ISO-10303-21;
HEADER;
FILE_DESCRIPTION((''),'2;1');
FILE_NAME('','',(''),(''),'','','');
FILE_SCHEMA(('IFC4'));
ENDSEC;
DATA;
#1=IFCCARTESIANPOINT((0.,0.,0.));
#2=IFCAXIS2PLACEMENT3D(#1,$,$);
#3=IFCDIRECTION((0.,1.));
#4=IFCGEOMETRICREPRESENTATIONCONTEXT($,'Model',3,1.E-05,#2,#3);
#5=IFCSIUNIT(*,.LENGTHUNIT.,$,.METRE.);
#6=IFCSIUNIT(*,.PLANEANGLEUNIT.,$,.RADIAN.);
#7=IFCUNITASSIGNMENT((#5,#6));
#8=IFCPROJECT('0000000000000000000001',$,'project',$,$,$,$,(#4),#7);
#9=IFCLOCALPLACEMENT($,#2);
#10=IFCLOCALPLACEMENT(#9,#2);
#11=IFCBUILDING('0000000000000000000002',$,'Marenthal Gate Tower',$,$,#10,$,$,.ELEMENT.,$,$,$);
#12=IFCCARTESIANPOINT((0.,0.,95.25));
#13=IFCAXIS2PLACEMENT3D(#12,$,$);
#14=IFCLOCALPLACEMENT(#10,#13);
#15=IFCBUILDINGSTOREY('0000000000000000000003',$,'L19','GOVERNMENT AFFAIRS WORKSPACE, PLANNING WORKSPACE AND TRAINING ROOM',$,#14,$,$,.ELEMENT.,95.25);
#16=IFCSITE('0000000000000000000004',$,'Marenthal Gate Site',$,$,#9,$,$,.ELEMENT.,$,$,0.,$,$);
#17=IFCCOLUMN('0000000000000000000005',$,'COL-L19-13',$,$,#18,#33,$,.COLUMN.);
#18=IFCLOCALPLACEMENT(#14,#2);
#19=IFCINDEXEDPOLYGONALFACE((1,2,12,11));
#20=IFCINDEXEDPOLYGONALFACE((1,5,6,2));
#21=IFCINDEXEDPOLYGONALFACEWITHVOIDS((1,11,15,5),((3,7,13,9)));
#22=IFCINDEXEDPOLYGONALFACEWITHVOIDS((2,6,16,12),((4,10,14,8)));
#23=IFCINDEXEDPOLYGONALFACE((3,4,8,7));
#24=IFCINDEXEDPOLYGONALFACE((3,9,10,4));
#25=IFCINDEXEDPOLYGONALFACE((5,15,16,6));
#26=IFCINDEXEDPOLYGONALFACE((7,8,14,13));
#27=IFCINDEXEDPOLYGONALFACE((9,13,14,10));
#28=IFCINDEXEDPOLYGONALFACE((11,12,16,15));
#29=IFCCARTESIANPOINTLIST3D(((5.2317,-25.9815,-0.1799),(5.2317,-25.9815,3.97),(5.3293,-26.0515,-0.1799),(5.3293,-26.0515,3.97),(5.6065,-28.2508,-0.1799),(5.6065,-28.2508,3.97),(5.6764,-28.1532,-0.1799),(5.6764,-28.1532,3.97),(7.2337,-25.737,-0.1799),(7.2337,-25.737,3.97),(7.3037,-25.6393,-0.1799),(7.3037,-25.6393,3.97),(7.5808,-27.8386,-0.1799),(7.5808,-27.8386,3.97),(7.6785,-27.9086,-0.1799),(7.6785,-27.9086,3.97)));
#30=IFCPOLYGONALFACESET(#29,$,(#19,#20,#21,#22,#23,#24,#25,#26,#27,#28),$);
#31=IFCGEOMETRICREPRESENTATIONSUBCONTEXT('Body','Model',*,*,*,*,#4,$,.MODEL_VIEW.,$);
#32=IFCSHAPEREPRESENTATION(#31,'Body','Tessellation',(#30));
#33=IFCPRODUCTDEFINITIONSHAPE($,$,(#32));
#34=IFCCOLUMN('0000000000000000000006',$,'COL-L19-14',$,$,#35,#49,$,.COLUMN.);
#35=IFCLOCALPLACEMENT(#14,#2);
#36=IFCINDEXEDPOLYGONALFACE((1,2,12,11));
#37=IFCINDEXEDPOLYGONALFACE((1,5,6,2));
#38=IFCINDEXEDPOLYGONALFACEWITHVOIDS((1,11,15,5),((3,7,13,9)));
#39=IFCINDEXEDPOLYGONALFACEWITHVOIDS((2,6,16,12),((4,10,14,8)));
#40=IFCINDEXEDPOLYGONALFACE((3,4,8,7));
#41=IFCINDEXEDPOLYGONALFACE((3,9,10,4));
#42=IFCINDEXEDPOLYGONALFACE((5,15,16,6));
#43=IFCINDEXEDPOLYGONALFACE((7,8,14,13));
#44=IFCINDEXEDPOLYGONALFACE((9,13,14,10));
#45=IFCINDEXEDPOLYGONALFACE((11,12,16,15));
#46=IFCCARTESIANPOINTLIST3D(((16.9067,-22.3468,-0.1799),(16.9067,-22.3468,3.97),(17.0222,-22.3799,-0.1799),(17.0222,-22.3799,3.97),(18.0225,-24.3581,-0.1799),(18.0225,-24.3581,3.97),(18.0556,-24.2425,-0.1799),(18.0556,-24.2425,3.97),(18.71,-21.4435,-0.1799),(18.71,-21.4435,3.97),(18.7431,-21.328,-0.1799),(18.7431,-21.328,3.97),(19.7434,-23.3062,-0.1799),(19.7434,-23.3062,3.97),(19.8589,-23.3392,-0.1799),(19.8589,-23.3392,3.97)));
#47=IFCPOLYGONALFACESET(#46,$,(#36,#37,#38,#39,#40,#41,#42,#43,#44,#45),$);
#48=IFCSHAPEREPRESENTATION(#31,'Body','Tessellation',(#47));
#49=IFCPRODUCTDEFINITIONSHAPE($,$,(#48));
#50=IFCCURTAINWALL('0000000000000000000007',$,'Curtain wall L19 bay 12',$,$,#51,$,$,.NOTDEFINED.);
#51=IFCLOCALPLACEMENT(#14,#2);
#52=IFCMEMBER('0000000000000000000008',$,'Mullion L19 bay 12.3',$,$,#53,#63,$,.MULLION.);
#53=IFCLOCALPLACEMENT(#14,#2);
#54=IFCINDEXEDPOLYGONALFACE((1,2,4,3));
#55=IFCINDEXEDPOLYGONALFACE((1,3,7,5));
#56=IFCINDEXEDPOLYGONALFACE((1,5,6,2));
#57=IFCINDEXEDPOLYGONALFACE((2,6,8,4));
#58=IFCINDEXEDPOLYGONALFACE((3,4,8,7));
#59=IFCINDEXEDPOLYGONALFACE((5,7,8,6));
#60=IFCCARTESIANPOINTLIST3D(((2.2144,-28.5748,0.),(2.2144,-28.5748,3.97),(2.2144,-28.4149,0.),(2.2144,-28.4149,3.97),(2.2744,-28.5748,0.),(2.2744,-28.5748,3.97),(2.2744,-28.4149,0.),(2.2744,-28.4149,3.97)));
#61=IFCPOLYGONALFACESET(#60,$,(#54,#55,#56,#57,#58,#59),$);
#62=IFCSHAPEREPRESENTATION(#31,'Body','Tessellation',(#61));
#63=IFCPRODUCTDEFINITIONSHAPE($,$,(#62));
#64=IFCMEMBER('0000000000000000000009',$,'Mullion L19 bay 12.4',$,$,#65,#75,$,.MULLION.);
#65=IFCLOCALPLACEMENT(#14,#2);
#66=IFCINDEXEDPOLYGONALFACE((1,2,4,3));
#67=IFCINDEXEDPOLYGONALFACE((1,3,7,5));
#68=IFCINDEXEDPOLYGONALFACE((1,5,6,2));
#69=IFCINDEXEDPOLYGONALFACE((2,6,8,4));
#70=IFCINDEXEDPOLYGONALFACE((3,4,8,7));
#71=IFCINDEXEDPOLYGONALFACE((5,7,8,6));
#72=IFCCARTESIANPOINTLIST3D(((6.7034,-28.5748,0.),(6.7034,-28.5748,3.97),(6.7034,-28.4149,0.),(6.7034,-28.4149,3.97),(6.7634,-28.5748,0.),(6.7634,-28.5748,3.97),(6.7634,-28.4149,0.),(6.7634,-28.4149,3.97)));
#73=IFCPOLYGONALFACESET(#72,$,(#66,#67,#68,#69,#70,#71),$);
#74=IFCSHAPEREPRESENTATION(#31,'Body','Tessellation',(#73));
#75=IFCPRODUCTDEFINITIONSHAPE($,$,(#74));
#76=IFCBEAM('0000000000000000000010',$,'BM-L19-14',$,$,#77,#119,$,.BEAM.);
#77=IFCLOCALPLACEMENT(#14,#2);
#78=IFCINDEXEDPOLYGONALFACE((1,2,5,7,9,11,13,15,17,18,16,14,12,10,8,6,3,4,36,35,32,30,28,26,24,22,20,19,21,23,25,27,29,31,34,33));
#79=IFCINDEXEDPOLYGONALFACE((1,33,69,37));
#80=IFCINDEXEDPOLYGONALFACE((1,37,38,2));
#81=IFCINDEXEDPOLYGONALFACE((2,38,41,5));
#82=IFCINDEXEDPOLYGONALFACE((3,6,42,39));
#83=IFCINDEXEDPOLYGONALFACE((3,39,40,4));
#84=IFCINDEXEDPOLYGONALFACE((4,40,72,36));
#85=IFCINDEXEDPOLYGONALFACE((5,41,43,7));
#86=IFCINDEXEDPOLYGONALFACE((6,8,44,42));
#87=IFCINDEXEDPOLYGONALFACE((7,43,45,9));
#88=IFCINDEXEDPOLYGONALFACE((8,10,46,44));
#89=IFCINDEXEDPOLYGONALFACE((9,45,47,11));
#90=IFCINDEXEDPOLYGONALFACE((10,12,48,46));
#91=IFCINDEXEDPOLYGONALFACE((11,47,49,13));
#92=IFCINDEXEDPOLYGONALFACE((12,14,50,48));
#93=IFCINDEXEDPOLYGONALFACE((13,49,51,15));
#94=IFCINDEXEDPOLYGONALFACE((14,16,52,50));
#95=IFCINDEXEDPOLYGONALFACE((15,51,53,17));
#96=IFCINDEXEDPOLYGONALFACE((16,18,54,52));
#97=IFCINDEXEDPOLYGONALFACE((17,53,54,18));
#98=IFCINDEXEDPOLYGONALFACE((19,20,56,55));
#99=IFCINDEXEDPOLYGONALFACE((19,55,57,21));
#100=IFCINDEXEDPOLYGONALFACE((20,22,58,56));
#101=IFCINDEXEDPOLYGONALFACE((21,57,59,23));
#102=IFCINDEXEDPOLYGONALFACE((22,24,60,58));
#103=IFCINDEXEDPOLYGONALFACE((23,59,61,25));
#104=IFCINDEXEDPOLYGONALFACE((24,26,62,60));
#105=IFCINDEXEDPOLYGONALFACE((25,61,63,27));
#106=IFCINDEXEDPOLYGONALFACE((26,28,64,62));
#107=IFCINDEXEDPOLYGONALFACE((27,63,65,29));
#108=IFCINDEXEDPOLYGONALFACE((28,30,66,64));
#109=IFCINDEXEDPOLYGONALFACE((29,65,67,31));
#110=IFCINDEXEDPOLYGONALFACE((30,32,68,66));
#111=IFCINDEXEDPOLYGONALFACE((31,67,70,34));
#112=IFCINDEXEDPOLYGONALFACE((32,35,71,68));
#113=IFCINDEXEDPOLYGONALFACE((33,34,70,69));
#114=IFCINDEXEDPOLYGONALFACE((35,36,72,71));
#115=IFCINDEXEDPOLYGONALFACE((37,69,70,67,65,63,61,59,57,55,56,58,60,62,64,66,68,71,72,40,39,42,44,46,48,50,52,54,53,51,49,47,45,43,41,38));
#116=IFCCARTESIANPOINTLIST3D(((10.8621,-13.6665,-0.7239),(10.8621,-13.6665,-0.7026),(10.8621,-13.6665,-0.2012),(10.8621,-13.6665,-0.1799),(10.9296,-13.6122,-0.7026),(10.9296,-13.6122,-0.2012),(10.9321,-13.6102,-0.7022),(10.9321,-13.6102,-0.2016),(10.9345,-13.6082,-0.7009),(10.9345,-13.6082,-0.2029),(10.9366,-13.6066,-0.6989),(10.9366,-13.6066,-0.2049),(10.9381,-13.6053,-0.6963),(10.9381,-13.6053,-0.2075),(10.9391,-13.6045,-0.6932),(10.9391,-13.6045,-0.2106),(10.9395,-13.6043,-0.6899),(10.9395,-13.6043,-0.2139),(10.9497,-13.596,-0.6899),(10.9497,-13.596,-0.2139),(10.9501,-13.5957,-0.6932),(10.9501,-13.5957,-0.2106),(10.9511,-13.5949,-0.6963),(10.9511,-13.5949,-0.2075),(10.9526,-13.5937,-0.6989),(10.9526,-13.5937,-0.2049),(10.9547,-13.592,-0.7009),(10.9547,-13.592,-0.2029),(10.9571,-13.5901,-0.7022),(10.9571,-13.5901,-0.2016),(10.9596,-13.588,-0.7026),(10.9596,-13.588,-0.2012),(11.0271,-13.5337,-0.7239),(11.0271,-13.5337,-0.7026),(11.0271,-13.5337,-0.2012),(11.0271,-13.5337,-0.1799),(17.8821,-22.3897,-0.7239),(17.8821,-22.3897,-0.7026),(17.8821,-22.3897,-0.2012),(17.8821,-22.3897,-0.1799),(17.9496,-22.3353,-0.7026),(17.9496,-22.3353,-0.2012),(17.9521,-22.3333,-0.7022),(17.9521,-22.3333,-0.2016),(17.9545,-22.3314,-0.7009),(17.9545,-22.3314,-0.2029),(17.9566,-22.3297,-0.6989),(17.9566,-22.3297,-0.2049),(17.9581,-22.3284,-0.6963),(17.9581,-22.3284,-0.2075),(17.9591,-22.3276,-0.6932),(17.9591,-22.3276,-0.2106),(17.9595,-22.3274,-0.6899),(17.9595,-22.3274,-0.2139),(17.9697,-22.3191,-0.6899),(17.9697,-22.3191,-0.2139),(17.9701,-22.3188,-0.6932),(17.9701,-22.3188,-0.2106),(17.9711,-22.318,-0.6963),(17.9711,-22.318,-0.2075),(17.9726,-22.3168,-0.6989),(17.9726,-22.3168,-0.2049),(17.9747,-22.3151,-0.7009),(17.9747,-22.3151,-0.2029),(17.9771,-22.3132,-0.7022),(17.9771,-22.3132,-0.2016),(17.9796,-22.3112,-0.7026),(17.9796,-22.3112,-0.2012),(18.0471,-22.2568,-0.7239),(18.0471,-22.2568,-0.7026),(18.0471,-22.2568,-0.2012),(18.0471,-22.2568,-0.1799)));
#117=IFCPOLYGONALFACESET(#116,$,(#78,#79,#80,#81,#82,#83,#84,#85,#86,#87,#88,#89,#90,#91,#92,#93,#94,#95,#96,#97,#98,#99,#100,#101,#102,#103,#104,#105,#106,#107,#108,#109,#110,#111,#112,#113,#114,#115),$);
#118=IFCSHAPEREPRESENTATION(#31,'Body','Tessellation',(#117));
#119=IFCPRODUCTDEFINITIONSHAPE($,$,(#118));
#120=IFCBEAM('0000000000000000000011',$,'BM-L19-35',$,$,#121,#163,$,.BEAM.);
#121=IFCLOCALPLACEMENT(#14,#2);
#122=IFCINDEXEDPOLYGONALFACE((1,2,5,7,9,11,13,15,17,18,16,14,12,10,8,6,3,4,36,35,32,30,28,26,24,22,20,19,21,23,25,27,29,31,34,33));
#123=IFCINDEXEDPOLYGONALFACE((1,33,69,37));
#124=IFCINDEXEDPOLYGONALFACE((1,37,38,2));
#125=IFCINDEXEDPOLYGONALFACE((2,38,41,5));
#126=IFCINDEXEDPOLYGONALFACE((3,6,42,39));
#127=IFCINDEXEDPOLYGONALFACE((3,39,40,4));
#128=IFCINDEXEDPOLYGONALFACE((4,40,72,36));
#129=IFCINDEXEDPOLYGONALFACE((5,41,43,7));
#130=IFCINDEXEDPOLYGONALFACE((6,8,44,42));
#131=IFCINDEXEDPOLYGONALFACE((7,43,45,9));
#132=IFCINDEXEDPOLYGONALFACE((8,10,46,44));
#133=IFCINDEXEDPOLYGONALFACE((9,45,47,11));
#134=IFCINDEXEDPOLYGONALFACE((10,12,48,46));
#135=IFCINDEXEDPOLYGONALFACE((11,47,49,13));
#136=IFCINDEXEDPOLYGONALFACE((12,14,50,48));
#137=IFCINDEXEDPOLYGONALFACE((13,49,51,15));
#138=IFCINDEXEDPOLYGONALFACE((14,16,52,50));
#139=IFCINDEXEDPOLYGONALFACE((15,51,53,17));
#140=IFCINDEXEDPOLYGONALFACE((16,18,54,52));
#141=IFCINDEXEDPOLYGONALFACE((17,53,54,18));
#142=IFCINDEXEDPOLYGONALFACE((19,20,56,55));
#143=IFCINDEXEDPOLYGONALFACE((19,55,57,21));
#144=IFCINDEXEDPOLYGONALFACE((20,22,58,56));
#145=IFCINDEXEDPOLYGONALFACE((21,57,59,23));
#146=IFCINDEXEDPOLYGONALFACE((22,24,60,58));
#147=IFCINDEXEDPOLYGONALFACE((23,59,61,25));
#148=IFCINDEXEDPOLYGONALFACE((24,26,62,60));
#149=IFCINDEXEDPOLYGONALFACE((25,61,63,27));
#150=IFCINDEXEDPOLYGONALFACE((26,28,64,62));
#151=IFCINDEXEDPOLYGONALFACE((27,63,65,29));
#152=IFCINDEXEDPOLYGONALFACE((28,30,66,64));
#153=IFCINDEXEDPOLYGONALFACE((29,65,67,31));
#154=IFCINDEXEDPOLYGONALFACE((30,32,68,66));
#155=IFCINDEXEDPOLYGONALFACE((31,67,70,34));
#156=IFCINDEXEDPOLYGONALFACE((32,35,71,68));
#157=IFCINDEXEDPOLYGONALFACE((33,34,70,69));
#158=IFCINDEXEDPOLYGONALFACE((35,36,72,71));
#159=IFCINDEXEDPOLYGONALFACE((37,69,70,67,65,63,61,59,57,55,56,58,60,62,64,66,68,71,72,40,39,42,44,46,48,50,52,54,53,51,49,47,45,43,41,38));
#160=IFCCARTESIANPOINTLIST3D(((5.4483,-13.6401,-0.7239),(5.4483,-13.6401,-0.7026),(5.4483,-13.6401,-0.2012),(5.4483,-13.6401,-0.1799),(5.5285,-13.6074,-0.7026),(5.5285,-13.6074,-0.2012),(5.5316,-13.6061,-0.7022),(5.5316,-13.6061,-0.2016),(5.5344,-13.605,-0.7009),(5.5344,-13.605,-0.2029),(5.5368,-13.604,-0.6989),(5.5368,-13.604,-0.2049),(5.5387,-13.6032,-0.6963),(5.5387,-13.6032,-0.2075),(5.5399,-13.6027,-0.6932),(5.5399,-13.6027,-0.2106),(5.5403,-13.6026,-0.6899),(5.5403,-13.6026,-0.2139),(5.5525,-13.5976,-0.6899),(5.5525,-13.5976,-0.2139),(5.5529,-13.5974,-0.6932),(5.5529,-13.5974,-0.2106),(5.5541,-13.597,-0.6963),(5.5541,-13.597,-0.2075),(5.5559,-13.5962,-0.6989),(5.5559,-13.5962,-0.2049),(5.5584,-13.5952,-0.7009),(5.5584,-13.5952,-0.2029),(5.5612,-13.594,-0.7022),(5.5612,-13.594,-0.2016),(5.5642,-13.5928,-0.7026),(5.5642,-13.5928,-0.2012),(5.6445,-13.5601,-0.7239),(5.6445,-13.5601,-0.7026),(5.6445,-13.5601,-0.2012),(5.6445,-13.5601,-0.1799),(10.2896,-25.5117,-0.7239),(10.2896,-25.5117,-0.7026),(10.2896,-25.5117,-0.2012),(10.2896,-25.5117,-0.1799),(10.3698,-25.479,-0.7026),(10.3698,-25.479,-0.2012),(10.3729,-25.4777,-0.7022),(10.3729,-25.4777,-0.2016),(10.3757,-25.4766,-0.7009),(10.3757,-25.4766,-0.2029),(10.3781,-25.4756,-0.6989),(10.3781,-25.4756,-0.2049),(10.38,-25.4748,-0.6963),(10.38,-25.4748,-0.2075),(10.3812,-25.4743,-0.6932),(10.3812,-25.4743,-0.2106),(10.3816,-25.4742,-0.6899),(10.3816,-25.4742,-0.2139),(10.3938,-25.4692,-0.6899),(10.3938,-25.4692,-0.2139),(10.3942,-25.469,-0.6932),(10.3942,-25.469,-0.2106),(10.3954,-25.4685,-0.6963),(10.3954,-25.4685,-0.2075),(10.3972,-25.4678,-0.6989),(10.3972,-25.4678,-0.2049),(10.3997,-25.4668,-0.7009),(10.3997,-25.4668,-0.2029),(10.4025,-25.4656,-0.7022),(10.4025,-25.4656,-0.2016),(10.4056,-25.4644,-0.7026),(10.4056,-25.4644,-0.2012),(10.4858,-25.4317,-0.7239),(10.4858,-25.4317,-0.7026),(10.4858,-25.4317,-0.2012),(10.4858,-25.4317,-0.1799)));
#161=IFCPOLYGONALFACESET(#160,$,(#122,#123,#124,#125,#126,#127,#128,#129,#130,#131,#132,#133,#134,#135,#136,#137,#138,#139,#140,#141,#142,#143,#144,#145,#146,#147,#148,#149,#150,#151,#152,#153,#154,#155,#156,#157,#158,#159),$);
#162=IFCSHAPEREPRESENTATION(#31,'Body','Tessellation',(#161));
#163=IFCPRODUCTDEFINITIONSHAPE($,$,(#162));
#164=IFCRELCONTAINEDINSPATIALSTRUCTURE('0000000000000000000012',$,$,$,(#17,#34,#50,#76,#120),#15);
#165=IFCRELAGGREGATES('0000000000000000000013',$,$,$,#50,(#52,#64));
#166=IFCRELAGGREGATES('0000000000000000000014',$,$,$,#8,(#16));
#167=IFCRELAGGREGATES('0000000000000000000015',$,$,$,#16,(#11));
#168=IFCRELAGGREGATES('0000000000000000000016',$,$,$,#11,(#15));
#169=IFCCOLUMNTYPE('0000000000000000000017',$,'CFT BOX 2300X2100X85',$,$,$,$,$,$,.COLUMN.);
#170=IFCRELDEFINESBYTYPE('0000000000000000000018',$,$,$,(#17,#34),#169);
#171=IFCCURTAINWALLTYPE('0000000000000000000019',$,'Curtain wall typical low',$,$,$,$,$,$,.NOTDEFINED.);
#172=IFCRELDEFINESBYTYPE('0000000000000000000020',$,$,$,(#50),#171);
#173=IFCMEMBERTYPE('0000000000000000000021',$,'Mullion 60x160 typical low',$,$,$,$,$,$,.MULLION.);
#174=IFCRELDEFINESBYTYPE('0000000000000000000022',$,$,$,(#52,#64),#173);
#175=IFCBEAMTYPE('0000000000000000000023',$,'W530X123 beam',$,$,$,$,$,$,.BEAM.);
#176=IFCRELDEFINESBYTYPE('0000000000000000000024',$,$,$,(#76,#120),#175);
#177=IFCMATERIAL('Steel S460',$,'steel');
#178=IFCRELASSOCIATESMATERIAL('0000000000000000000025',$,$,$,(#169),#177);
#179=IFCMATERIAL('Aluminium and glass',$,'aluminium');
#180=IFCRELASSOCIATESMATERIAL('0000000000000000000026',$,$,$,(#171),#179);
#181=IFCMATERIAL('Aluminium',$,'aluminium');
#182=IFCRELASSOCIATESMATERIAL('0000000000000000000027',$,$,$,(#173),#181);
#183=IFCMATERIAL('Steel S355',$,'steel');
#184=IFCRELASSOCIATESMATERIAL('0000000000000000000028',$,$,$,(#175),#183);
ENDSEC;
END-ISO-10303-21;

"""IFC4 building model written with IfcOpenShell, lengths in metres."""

from ifc_helpers import new_model, si_unit, direction, frame, origin, origin_2d, place, context, subcontext, project, spatial, rectangle, hollow_rectangle, i_section, extrude, material, material_profile, profile_set, type_object, element, aggregate, save


model = new_model("IFC4")

# Units and contexts
model_context = context("Model", 3, precision=1e-05, world=origin(), true_north=direction((0.0, 1.0)))
body_context = subcontext(model_context, "Body", "Model", "MODEL_VIEW")
ifc_project = project(units=[si_unit("LENGTHUNIT", "METRE"), si_unit("PLANEANGLEUNIT", "RADIAN")], contexts=[model_context])

# Site, building, storey
site_placement = place(None, origin())
site = spatial("IfcSite", under=ifc_project, at=site_placement, Name="Marenthal Gate Site", CompositionType="ELEMENT", RefElevation=0.0)
building_placement = place(site_placement, origin())
building = spatial("IfcBuilding", under=site, at=building_placement, Name="Marenthal Gate Tower", CompositionType="ELEMENT")
storey_placement = place(building_placement, frame((0.0, 0.0, 95.25)))
storey = spatial("IfcBuildingStorey", under=building, at=storey_placement, Name="L19", Description="GOVERNMENT AFFAIRS WORKSPACE, PLANNING WORKSPACE AND TRAINING ROOM", CompositionType="ELEMENT", Elevation=95.25)

# Columns
ifc_material_1 = material(Name="Steel S460", Category="steel")
ifc_material_profile_1 = material_profile(ifc_material_1, hollow_rectangle(XDim=2.1001, YDim=2.3, WallThickness=0.085, at=origin_2d()), Name="CFT BOX 2300X2100X85")
ifc_material_2 = material(Name="Concrete 70 MPa", Category="concrete")
ifc_material_profile_2 = material_profile(ifc_material_2, rectangle(XDim=1.9299, YDim=2.1299, at=origin_2d()), Name="CFT BOX 2300X2100X85 INFILL")
ifc_profile_set_1 = profile_set([ifc_material_profile_1, ifc_material_profile_2], Name="Steel S460 shell, Concrete 70 MPa infill")
column_type = type_object("IfcColumnType", Name="CFT BOX 2300X2100X85", PredefinedType="COLUMN", material=ifc_profile_set_1)
for number, where, z_axis, x_axis, name in (
    (1, (6.4551, -26.9451, -0.1799), (0.0, 0.0, 1.0), (-0.986635, -0.162949, 0.0), "COL-L19-13"),
    (2, (18.3828, -22.843, -0.1799), (0.0, 0.0, 1.0), (-0.874442, -0.48513, 0.0), "COL-L19-14"),
):
    element("IfcColumn", number, at=place(storey_placement, frame(where, z_axis=z_axis, x_axis=x_axis)), inside=storey, type_object=column_type, Name=name, PredefinedType="COLUMN", context=body_context, shape_type="SweptSolid", body=[
        extrude(hollow_rectangle(XDim=2.1001, YDim=2.3, WallThickness=0.085, at=origin_2d()), origin(), (0.0, 0.0, 1.0), 4.1499),
    ])

# Curtain wall, members
ifc_material_3 = material(Name="Aluminium and glass", Category="aluminium")
curtain_wall_type = type_object("IfcCurtainWallType", Name="Curtain wall typical low", PredefinedType="NOTDEFINED", material=ifc_material_3)
curtain_wall_placement = place(storey_placement, origin())
curtain_wall = element("IfcCurtainWall", 3, at=curtain_wall_placement, inside=storey, type_object=curtain_wall_type, Name="Curtain wall L19 bay 12", PredefinedType="NOTDEFINED")
ifc_material_4 = material(Name="Aluminium", Category="aluminium")
ifc_material_profile_3 = material_profile(ifc_material_4, rectangle(XDim=0.1599, YDim=0.0601, at=origin_2d()), Name="60x160 aluminium mullion")
ifc_profile_set_2 = profile_set([ifc_material_profile_3], Name="Aluminium")
member_type = type_object("IfcMemberType", Name="Mullion 60x160 typical low", PredefinedType="MULLION", material=ifc_profile_set_2)
member_1_placement = place(storey_placement, frame((2.2444, -28.4949, 0.0), z_axis=(0.0, 0.0, 1.0), x_axis=(0.0, 1.0, 0.0)))
member_1 = element("IfcMember", 4, at=member_1_placement, type_object=member_type, Name="Mullion L19 bay 12.3", PredefinedType="MULLION", context=body_context, shape_type="SweptSolid", body=[
    extrude(rectangle(XDim=0.1599, YDim=0.0601, at=origin_2d()), origin(), (0.0, 0.0, 1.0), 3.97),
])
member_2_placement = place(storey_placement, frame((6.7334, -28.4949, 0.0), z_axis=(0.0, 0.0, 1.0), x_axis=(0.0, 1.0, 0.0)))
member_2 = element("IfcMember", 5, at=member_2_placement, type_object=member_type, Name="Mullion L19 bay 12.4", PredefinedType="MULLION", context=body_context, shape_type="SweptSolid", body=[
    extrude(rectangle(XDim=0.1599, YDim=0.0601, at=origin_2d()), origin(), (0.0, 0.0, 1.0), 3.97),
])

# Beams
ifc_material_5 = material(Name="Steel S355", Category="steel")
ifc_material_profile_4 = material_profile(ifc_material_5, i_section(OverallWidth=0.2119, OverallDepth=0.5439, WebThickness=0.0132, FlangeThickness=0.0212, FilletRadius=0.0127, at=origin_2d()), Name="W530X123")
ifc_profile_set_3 = profile_set([ifc_material_profile_4], Name="Steel S355")
beam_type_1 = type_object("IfcBeamType", Name="W530X123 beam", PredefinedType="BEAM", material=ifc_profile_set_3)
beam_1_placement = place(storey_placement, frame((17.9646, -22.3232, -0.4519), z_axis=(-0.626953, 0.779057, 0.0), x_axis=(-0.779057, -0.626953, 0.0)))
element("IfcBeam", 6, at=beam_1_placement, inside=storey, type_object=beam_type_1, Name="BM-L19-14", PredefinedType="BEAM", context=body_context, shape_type="SweptSolid", body=[
    extrude(i_section(OverallWidth=0.2119, OverallDepth=0.5439, WebThickness=0.0132, FlangeThickness=0.0212, FilletRadius=0.0127, at=origin_2d()), origin(), (0.0, 0.0, 1.0), 11.197),
])
beam_2_placement = place(storey_placement, frame((10.3877, -25.4717, -0.4519), z_axis=(-0.377614, 0.925963, 0.0), x_axis=(-0.925963, -0.377614, 0.0)))
element("IfcBeam", 7, at=beam_2_placement, inside=storey, type_object=beam_type_1, Name="BM-L19-35", PredefinedType="BEAM", context=body_context, shape_type="SweptSolid", body=[
    extrude(i_section(OverallWidth=0.2119, OverallDepth=0.5439, WebThickness=0.0132, FlangeThickness=0.0212, FilletRadius=0.0127, at=origin_2d()), origin(), (0.0, 0.0, 1.0), 12.8208),
])

aggregate(curtain_wall, [member_1, member_2])

save(model, "model.ifc")
